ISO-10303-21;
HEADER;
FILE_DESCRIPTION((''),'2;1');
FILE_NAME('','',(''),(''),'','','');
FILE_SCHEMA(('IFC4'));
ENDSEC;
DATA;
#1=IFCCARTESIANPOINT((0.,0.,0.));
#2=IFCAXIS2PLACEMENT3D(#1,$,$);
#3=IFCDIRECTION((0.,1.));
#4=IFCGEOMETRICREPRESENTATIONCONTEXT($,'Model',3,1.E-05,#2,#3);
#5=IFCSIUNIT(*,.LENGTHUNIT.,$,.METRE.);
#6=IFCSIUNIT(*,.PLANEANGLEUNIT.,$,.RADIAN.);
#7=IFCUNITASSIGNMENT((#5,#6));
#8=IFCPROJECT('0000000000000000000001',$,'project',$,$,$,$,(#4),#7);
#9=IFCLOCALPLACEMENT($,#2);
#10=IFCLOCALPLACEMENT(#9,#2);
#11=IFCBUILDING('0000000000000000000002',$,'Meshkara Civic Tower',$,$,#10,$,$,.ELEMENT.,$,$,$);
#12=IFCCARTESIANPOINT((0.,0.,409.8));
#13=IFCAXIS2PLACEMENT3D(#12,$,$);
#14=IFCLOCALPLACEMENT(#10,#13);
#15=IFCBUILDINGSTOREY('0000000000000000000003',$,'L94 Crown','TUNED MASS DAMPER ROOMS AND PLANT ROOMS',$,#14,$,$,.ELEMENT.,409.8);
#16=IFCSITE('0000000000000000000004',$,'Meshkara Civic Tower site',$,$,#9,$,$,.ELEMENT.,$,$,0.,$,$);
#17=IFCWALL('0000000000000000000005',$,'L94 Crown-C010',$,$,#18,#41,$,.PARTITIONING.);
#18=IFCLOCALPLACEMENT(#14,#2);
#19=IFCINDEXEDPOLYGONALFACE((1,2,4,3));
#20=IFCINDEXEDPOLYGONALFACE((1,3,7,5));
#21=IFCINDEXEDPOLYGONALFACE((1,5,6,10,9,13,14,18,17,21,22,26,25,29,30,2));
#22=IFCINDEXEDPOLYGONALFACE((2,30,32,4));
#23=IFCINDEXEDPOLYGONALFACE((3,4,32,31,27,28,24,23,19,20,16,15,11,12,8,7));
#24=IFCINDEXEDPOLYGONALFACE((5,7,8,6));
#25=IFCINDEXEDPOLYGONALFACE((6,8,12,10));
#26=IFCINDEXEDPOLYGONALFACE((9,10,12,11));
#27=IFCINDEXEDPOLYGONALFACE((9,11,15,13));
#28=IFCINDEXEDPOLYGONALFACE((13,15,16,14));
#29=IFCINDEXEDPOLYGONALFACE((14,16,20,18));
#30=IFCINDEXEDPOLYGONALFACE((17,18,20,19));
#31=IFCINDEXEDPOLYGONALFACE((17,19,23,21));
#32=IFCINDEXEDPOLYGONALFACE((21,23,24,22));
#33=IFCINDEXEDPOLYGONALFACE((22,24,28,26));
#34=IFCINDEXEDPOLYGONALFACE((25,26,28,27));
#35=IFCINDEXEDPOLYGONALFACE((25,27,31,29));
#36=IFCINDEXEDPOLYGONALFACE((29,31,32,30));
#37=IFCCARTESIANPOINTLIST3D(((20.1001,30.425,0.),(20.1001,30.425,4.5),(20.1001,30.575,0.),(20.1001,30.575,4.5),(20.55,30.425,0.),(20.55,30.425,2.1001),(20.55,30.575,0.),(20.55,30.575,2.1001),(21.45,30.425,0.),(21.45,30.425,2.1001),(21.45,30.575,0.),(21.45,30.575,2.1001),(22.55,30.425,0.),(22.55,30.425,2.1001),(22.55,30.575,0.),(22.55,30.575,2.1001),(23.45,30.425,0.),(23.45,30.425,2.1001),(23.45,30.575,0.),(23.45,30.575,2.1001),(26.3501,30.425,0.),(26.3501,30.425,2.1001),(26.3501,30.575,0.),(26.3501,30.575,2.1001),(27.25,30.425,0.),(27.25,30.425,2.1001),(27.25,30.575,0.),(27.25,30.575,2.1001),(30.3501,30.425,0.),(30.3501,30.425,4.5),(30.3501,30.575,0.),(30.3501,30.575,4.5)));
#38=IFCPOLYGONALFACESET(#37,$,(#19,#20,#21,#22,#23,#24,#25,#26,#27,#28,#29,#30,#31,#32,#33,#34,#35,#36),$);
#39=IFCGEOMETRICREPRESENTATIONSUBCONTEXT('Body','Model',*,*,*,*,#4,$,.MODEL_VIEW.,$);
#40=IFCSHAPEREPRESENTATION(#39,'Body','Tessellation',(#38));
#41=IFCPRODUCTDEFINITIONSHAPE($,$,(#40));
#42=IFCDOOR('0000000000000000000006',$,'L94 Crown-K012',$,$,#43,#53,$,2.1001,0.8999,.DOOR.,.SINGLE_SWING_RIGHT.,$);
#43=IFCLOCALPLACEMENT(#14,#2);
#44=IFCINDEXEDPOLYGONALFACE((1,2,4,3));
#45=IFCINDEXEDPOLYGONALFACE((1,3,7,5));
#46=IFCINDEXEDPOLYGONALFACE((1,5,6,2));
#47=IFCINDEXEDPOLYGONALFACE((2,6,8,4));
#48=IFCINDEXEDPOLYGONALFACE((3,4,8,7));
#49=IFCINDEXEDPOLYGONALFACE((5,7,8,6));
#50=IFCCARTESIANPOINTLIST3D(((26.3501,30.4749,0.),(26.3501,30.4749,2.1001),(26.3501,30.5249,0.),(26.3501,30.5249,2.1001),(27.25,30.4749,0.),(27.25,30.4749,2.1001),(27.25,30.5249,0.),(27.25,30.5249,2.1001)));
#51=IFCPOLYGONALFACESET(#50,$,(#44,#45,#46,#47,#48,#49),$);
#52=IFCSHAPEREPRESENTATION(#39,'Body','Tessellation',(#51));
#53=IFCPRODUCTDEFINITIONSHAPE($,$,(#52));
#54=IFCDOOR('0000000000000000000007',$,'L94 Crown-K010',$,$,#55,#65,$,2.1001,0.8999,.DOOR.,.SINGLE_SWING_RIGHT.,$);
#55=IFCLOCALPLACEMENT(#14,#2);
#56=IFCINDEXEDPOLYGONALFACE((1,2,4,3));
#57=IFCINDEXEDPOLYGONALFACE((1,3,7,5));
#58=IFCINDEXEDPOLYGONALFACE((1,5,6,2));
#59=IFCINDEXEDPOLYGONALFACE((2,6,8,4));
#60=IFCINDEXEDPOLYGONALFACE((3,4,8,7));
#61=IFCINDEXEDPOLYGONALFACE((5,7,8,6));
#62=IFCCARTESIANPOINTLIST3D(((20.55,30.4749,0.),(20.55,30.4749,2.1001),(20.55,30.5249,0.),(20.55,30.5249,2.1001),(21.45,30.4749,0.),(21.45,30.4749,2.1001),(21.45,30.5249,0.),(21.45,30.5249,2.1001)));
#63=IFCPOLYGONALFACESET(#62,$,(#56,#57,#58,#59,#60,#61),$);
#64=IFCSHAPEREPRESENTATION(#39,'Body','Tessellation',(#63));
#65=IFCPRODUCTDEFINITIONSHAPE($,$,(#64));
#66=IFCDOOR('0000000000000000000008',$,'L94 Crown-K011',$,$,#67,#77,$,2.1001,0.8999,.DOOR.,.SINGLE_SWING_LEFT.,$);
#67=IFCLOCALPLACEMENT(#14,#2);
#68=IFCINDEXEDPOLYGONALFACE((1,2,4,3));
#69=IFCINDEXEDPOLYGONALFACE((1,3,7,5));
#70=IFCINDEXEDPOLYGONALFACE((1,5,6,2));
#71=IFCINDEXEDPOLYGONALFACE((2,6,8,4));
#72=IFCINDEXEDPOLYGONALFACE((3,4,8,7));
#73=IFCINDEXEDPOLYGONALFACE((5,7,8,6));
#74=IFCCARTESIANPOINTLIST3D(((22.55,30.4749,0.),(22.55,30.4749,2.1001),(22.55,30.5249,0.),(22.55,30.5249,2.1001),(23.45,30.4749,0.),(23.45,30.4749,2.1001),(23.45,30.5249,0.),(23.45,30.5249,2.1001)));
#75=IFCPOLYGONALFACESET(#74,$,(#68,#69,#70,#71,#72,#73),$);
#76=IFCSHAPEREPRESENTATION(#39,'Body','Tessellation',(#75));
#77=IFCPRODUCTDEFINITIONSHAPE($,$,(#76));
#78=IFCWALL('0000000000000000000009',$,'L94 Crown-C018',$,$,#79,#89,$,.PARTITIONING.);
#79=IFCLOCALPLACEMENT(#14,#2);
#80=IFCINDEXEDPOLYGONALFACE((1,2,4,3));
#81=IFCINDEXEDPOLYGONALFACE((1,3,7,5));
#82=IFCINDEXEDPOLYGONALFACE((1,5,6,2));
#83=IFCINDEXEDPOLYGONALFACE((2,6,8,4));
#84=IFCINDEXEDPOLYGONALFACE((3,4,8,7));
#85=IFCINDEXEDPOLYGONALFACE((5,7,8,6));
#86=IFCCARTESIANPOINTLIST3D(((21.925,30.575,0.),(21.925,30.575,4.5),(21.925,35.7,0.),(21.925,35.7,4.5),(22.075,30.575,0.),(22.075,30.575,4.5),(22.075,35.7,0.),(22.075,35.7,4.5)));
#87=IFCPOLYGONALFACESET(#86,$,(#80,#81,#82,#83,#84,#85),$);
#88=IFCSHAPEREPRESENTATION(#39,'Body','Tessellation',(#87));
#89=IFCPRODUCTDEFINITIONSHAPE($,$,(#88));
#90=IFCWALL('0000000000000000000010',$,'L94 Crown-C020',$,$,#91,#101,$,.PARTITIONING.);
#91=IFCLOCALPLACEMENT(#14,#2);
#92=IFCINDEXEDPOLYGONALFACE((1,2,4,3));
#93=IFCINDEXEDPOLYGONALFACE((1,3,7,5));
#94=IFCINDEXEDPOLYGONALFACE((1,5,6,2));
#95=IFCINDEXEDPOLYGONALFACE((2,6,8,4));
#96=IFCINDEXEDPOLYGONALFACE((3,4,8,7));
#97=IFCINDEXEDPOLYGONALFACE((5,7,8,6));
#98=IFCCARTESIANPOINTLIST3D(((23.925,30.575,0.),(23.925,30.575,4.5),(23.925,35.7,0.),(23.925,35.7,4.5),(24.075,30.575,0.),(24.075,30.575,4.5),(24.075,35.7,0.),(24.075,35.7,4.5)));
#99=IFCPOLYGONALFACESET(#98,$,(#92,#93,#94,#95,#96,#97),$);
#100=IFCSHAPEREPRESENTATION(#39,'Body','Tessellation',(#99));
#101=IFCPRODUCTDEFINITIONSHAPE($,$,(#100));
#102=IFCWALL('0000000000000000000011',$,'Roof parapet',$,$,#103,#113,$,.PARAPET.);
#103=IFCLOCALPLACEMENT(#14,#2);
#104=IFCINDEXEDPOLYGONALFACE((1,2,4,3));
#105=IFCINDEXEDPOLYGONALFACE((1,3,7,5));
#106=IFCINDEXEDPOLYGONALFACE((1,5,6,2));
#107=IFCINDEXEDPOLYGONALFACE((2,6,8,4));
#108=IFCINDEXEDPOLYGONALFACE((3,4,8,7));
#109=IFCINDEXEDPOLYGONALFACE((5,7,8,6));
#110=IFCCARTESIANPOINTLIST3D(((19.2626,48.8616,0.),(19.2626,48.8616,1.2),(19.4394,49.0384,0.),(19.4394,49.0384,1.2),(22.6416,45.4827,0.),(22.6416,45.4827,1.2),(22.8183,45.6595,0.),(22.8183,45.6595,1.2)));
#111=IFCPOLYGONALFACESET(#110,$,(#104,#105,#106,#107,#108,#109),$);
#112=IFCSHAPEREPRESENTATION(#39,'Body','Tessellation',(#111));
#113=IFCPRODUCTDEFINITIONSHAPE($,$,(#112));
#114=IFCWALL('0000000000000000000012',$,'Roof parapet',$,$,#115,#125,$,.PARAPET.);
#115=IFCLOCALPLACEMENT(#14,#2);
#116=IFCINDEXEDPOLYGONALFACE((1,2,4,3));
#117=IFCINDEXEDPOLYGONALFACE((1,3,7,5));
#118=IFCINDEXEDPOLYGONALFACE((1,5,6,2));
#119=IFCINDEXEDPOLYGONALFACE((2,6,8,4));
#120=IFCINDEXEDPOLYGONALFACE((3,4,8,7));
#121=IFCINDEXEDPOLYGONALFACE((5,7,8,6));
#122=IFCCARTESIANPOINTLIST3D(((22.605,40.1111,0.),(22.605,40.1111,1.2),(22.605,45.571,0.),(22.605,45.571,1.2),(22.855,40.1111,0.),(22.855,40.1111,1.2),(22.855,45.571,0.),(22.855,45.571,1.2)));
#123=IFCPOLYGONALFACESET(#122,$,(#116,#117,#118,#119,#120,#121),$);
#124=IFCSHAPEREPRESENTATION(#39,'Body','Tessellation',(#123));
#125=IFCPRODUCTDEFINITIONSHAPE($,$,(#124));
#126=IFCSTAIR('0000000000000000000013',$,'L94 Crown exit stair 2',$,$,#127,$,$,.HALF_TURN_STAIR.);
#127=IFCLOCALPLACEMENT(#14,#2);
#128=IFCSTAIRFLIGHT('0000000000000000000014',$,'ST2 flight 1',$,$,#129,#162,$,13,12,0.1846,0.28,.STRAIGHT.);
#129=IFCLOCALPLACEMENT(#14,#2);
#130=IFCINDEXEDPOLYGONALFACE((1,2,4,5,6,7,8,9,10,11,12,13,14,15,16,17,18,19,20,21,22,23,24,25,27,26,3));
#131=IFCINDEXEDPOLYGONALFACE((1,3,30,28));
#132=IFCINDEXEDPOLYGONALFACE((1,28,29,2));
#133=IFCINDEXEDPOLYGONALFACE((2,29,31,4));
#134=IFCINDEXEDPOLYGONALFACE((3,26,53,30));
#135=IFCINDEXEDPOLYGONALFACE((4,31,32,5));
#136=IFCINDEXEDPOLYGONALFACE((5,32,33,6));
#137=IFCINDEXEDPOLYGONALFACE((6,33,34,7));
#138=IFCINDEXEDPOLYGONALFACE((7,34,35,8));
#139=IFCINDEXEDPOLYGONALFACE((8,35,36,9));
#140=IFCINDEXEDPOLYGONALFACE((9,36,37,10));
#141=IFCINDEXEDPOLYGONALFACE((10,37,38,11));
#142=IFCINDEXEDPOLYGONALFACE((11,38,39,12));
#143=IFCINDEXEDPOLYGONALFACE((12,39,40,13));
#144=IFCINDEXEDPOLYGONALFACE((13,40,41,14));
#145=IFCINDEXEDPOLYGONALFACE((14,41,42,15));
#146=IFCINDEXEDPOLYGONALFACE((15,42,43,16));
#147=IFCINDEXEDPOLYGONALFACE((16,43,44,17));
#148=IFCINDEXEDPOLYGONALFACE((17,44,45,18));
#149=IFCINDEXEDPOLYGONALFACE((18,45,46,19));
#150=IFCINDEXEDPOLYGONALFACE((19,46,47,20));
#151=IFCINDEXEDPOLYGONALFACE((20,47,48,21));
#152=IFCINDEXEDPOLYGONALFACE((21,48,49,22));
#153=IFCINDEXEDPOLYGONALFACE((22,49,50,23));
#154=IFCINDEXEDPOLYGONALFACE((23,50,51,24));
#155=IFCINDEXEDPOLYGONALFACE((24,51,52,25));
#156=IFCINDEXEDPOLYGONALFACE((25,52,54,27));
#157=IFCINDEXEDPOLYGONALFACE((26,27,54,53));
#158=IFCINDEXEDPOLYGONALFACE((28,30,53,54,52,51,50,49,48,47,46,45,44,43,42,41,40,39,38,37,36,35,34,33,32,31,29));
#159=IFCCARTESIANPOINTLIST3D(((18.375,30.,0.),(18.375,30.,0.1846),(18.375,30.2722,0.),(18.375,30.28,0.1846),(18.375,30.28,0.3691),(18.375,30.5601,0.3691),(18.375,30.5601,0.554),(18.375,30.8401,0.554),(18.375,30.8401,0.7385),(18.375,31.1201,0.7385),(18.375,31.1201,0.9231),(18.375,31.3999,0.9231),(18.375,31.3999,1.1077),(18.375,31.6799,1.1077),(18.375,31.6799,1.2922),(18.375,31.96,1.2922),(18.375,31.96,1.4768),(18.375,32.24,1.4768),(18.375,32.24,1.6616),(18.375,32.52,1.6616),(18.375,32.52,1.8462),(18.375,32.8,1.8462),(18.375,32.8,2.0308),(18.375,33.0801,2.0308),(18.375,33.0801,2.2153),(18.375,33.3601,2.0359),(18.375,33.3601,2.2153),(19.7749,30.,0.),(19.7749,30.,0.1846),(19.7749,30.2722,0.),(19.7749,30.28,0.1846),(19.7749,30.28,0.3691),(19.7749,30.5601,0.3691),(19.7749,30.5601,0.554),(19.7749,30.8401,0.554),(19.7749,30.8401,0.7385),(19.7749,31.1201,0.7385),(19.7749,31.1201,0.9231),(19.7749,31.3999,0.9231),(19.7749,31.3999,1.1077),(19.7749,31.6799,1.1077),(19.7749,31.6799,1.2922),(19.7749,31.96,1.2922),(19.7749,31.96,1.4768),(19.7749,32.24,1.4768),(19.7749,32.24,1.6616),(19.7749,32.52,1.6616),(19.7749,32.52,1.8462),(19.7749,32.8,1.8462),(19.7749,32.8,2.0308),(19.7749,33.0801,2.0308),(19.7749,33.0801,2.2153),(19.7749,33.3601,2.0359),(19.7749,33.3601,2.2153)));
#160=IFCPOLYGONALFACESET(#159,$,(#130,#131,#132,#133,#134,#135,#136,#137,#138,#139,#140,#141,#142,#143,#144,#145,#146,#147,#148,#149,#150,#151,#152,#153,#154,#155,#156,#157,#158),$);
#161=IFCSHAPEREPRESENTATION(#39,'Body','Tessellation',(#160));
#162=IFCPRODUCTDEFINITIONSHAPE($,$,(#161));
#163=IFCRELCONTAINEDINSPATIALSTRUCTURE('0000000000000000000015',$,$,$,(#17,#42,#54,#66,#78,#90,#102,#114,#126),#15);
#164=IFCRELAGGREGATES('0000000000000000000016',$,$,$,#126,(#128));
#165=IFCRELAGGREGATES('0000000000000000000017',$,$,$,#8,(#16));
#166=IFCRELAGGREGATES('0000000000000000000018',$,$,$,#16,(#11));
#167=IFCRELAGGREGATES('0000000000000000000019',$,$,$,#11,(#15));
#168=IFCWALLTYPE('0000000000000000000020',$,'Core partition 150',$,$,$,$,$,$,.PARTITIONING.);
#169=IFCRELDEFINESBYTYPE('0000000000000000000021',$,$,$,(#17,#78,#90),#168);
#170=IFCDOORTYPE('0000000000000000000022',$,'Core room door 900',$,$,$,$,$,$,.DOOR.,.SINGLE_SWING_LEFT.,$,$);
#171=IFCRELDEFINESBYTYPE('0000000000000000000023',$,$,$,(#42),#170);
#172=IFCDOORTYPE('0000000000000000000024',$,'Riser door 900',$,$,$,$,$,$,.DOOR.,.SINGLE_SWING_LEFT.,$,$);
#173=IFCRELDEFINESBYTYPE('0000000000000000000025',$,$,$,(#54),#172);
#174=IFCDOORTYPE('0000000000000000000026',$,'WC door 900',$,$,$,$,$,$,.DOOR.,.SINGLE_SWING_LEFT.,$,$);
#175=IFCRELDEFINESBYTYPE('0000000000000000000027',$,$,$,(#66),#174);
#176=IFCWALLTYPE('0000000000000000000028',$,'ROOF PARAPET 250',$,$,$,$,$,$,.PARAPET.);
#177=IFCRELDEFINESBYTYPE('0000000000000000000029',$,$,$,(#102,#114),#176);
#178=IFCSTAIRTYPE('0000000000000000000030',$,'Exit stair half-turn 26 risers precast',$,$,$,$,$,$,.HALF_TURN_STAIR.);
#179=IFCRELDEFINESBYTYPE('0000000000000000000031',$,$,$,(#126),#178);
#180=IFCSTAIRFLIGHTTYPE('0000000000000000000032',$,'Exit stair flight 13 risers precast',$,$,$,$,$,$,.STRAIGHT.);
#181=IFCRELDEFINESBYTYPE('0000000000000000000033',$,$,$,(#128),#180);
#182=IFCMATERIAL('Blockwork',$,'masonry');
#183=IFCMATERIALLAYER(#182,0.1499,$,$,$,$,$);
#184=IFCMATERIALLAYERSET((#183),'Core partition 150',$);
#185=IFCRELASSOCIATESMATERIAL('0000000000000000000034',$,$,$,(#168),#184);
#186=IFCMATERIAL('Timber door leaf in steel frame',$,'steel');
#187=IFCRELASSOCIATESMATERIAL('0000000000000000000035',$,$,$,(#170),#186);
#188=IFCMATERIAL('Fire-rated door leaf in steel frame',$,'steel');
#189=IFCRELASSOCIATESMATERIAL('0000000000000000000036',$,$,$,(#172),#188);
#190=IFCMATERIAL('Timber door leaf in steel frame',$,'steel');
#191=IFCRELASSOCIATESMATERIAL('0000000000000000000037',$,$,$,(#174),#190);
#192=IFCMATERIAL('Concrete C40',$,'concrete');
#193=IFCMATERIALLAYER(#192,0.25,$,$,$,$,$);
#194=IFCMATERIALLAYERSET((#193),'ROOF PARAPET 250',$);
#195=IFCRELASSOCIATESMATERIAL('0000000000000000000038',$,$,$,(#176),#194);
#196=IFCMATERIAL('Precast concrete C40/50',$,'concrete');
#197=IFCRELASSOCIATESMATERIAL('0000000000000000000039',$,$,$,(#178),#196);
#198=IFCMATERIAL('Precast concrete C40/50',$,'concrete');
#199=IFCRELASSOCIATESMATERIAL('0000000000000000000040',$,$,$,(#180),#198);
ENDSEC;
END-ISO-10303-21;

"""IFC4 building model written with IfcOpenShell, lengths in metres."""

from ifc_helpers import new_model, si_unit, direction, frame, frame_2d, origin, place, context, subcontext, project, spatial, polyline, rectangle, outline, extrude, material, layer, layer_set, type_object, element, fill, aggregate, save


model = new_model("IFC4")

# Units and contexts
model_context = context("Model", 3, precision=1e-05, world=origin(), true_north=direction((0.0, 1.0)))
body_context = subcontext(model_context, "Body", "Model", "MODEL_VIEW")
ifc_project = project(units=[si_unit("LENGTHUNIT", "METRE"), si_unit("PLANEANGLEUNIT", "RADIAN")], contexts=[model_context])

# Site, building, storey
site_placement = place(None, origin())
site = spatial("IfcSite", under=ifc_project, at=site_placement, Name="Meshkara Civic Tower site", CompositionType="ELEMENT", RefElevation=0.0)
building_placement = place(site_placement, origin())
building = spatial("IfcBuilding", under=site, at=building_placement, Name="Meshkara Civic Tower", CompositionType="ELEMENT")
storey_placement = place(building_placement, frame((0.0, 0.0, 409.8)))
storey = spatial("IfcBuildingStorey", under=building, at=storey_placement, Name="L94 Crown", Description="TUNED MASS DAMPER ROOMS AND PLANT ROOMS", CompositionType="ELEMENT", Elevation=409.8)

# Wall, openings, doors
ifc_material_1 = material(Name="Blockwork", Category="masonry")
ifc_layer_1 = layer(ifc_material_1, 0.1499)
ifc_layer_set_1 = layer_set([ifc_layer_1], Name="Core partition 150")
wall_type_1 = type_object("IfcWallType", Name="Core partition 150", PredefinedType="PARTITIONING", material=ifc_layer_set_1)
wall_1_placement = place(storey_placement, frame((20.1001, 30.5, 0.0), z_axis=(0.0, 0.0, 1.0), x_axis=(1.0, 0.0, 0.0)))
wall_1 = element("IfcWall", 1, at=wall_1_placement, inside=storey, type_object=wall_type_1, Name="L94 Crown-C010", PredefinedType="PARTITIONING", context=body_context, shape_type="SweptSolid", body=[
    extrude(rectangle(XDim=10.25, YDim=0.1499, at=frame_2d((5.125, 0.0))), origin(), (0.0, 0.0, 1.0), 4.5),
])
opening_1_placement = place(wall_1_placement, frame((0.45, 0.0, 0.0)))
opening_1 = element("IfcOpeningElement", 2, at=opening_1_placement, cuts=wall_1, PredefinedType="OPENING", context=body_context, shape_type="SweptSolid", body=[
    extrude(rectangle(XDim=0.8999, YDim=2.1001, at=frame_2d((0.45, 1.05))), frame((0.0, 0.085, 0.0), z_axis=(0.0, -1.0, 0.0), x_axis=(1.0, 0.0, 0.0)), (0.0, 0.0, 1.0), 0.1699),
])
opening_2_placement = place(wall_1_placement, frame((2.45, 0.0, 0.0)))
opening_2 = element("IfcOpeningElement", 3, at=opening_2_placement, cuts=wall_1, PredefinedType="OPENING", context=body_context, shape_type="SweptSolid", body=[
    extrude(rectangle(XDim=0.8999, YDim=2.1001, at=frame_2d((0.45, 1.05))), frame((0.0, 0.085, 0.0), z_axis=(0.0, -1.0, 0.0), x_axis=(1.0, 0.0, 0.0)), (0.0, 0.0, 1.0), 0.1699),
])
opening_3_placement = place(wall_1_placement, frame((6.25, 0.0, 0.0)))
opening_3 = element("IfcOpeningElement", 4, at=opening_3_placement, cuts=wall_1, PredefinedType="OPENING", context=body_context, shape_type="SweptSolid", body=[
    extrude(rectangle(XDim=0.8999, YDim=2.1001, at=frame_2d((0.45, 1.05))), frame((0.0, 0.085, 0.0), z_axis=(0.0, -1.0, 0.0), x_axis=(1.0, 0.0, 0.0)), (0.0, 0.0, 1.0), 0.1699),
])
ifc_material_2 = material(Name="Timber door leaf in steel frame", Category="steel")
door_type_1 = type_object("IfcDoorType", Name="Core room door 900", OperationType="SINGLE_SWING_LEFT", PredefinedType="DOOR", material=ifc_material_2)
door_1_placement = place(opening_3_placement, origin())
door_1 = element("IfcDoor", 5, at=door_1_placement, inside=storey, type_object=door_type_1, Name="L94 Crown-K012", OperationType="SINGLE_SWING_RIGHT", OverallHeight=2.1001, OverallWidth=0.8999, PredefinedType="DOOR", context=body_context, shape_type="SweptSolid", body=[
    extrude(rectangle(XDim=0.8999, YDim=2.1001, at=frame_2d((0.45, 1.05))), frame((0.0, 0.0249, 0.0), z_axis=(0.0, -1.0, 0.0), x_axis=(1.0, 0.0, 0.0)), (0.0, 0.0, 1.0), 0.05),
])
fill(opening_3, door_1)
ifc_material_3 = material(Name="Fire-rated door leaf in steel frame", Category="steel")
door_type_2 = type_object("IfcDoorType", Name="Riser door 900", OperationType="SINGLE_SWING_LEFT", PredefinedType="DOOR", material=ifc_material_3)
door_2_placement = place(opening_1_placement, origin())
door_2 = element("IfcDoor", 6, at=door_2_placement, inside=storey, type_object=door_type_2, Name="L94 Crown-K010", OperationType="SINGLE_SWING_RIGHT", OverallHeight=2.1001, OverallWidth=0.8999, PredefinedType="DOOR", context=body_context, shape_type="SweptSolid", body=[
    extrude(rectangle(XDim=0.8999, YDim=2.1001, at=frame_2d((0.45, 1.05))), frame((0.0, 0.0249, 0.0), z_axis=(0.0, -1.0, 0.0), x_axis=(1.0, 0.0, 0.0)), (0.0, 0.0, 1.0), 0.05),
])
fill(opening_1, door_2)
ifc_material_4 = material(Name="Timber door leaf in steel frame", Category="steel")
door_type_3 = type_object("IfcDoorType", Name="WC door 900", OperationType="SINGLE_SWING_LEFT", PredefinedType="DOOR", material=ifc_material_4)
door_3_placement = place(opening_2_placement, origin())
door_3 = element("IfcDoor", 7, at=door_3_placement, inside=storey, type_object=door_type_3, Name="L94 Crown-K011", OperationType="SINGLE_SWING_LEFT", OverallHeight=2.1001, OverallWidth=0.8999, PredefinedType="DOOR", context=body_context, shape_type="SweptSolid", body=[
    extrude(rectangle(XDim=0.8999, YDim=2.1001, at=frame_2d((0.45, 1.05))), frame((0.0, 0.0249, 0.0), z_axis=(0.0, -1.0, 0.0), x_axis=(1.0, 0.0, 0.0)), (0.0, 0.0, 1.0), 0.05),
])
fill(opening_2, door_3)

# Walls
for number, where, z_axis, x_axis, name in (
    (8, (22.0, 30.575, 0.0), (0.0, 0.0, 1.0), (0.0, 1.0, 0.0), "L94 Crown-C018"),
    (9, (24.0, 30.575, 0.0), (0.0, 0.0, 1.0), (0.0, 1.0, 0.0), "L94 Crown-C020"),
):
    element("IfcWall", number, at=place(storey_placement, frame(where, z_axis=z_axis, x_axis=x_axis)), inside=storey, type_object=wall_type_1, Name=name, PredefinedType="PARTITIONING", context=body_context, shape_type="SweptSolid", body=[
        extrude(rectangle(XDim=5.125, YDim=0.1499, at=frame_2d((2.5625, 0.0))), origin(), (0.0, 0.0, 1.0), 4.5),
    ])
ifc_material_5 = material(Name="Concrete C40", Category="concrete")
ifc_layer_2 = layer(ifc_material_5, 0.25)
ifc_layer_set_2 = layer_set([ifc_layer_2], Name="ROOF PARAPET 250")
wall_type_2 = type_object("IfcWallType", Name="ROOF PARAPET 250", PredefinedType="PARAPET", material=ifc_layer_set_2)
wall_2_placement = place(storey_placement, frame((19.3511, 48.95, 0.0), z_axis=(0.0, 0.0, 1.0), x_axis=(0.707107, -0.707107, 0.0)))
element("IfcWall", 10, at=wall_2_placement, inside=storey, type_object=wall_type_2, Name="Roof parapet", PredefinedType="PARAPET", context=body_context, shape_type="SweptSolid", body=[
    extrude(rectangle(XDim=4.7786, YDim=0.25, at=frame_2d((2.3892, 0.0))), origin(), (0.0, 0.0, 1.0), 1.2),
])
wall_3_placement = place(storey_placement, frame((22.73, 45.571, 0.0), z_axis=(0.0, 0.0, 1.0), x_axis=(0.0, -1.0, 0.0)))
element("IfcWall", 11, at=wall_3_placement, inside=storey, type_object=wall_type_2, Name="Roof parapet", PredefinedType="PARAPET", context=body_context, shape_type="SweptSolid", body=[
    extrude(rectangle(XDim=5.46, YDim=0.25, at=frame_2d((2.73, 0.0))), origin(), (0.0, 0.0, 1.0), 1.2),
])

# Stair, stair flight
ifc_material_6 = material(Name="Precast concrete C40/50", Category="concrete")
stair_type = type_object("IfcStairType", Name="Exit stair half-turn 26 risers precast", PredefinedType="HALF_TURN_STAIR", material=ifc_material_6)
stair_placement = place(storey_placement, origin())
stair = element("IfcStair", 12, at=stair_placement, inside=storey, type_object=stair_type, Name="L94 Crown exit stair 2", PredefinedType="HALF_TURN_STAIR")
ifc_material_7 = material(Name="Precast concrete C40/50", Category="concrete")
stair_flight_type = type_object("IfcStairFlightType", Name="Exit stair flight 13 risers precast", PredefinedType="STRAIGHT", material=ifc_material_7)
stair_flight_1_placement = place(storey_placement, frame((19.075, 30.0, 0.0), z_axis=(0.0, 0.0, 1.0), x_axis=(0.0, 1.0, 0.0)))
stair_flight_1 = element("IfcStairFlight", 13, at=stair_flight_1_placement, type_object=stair_flight_type, Name="ST2 flight 1", NumberOfRisers=13, NumberOfTreads=12, PredefinedType="STRAIGHT", RiserHeight=0.1846, TreadLength=0.28, context=body_context, shape_type="SweptSolid", body=[
    extrude(outline(polyline([(0.0, 0.0), (0.0, 0.1846), (0.28, 0.1846), (0.28, 0.3691), (0.5601, 0.3691), (0.5601, 0.554), (0.8401, 0.554), (0.8401, 0.7385), (1.1201, 0.7385), (1.1201, 0.9231), (1.3999, 0.9231), (1.3999, 1.1077), (1.6799, 1.1077), (1.6799, 1.2922), (1.96, 1.2922), (1.96, 1.4768), (2.24, 1.4768), (2.24, 1.6616), (2.52, 1.6616), (2.52, 1.8462), (2.8, 1.8462), (2.8, 2.0308), (3.0801, 2.0308), (3.0801, 2.2153), (3.3601, 2.2153), (3.3601, 2.3999), (3.3601, 2.0359), (0.2722, 0.0), (0.0, 0.0)])), frame((0.0, 0.7, 0.0), z_axis=(0.0, -1.0, 0.0), x_axis=(1.0, 0.0, 0.0)), (0.0, 0.0, 1.0), 1.3999),
])
aggregate(stair, [stair_flight_1])

save(model, "model.ifc")
